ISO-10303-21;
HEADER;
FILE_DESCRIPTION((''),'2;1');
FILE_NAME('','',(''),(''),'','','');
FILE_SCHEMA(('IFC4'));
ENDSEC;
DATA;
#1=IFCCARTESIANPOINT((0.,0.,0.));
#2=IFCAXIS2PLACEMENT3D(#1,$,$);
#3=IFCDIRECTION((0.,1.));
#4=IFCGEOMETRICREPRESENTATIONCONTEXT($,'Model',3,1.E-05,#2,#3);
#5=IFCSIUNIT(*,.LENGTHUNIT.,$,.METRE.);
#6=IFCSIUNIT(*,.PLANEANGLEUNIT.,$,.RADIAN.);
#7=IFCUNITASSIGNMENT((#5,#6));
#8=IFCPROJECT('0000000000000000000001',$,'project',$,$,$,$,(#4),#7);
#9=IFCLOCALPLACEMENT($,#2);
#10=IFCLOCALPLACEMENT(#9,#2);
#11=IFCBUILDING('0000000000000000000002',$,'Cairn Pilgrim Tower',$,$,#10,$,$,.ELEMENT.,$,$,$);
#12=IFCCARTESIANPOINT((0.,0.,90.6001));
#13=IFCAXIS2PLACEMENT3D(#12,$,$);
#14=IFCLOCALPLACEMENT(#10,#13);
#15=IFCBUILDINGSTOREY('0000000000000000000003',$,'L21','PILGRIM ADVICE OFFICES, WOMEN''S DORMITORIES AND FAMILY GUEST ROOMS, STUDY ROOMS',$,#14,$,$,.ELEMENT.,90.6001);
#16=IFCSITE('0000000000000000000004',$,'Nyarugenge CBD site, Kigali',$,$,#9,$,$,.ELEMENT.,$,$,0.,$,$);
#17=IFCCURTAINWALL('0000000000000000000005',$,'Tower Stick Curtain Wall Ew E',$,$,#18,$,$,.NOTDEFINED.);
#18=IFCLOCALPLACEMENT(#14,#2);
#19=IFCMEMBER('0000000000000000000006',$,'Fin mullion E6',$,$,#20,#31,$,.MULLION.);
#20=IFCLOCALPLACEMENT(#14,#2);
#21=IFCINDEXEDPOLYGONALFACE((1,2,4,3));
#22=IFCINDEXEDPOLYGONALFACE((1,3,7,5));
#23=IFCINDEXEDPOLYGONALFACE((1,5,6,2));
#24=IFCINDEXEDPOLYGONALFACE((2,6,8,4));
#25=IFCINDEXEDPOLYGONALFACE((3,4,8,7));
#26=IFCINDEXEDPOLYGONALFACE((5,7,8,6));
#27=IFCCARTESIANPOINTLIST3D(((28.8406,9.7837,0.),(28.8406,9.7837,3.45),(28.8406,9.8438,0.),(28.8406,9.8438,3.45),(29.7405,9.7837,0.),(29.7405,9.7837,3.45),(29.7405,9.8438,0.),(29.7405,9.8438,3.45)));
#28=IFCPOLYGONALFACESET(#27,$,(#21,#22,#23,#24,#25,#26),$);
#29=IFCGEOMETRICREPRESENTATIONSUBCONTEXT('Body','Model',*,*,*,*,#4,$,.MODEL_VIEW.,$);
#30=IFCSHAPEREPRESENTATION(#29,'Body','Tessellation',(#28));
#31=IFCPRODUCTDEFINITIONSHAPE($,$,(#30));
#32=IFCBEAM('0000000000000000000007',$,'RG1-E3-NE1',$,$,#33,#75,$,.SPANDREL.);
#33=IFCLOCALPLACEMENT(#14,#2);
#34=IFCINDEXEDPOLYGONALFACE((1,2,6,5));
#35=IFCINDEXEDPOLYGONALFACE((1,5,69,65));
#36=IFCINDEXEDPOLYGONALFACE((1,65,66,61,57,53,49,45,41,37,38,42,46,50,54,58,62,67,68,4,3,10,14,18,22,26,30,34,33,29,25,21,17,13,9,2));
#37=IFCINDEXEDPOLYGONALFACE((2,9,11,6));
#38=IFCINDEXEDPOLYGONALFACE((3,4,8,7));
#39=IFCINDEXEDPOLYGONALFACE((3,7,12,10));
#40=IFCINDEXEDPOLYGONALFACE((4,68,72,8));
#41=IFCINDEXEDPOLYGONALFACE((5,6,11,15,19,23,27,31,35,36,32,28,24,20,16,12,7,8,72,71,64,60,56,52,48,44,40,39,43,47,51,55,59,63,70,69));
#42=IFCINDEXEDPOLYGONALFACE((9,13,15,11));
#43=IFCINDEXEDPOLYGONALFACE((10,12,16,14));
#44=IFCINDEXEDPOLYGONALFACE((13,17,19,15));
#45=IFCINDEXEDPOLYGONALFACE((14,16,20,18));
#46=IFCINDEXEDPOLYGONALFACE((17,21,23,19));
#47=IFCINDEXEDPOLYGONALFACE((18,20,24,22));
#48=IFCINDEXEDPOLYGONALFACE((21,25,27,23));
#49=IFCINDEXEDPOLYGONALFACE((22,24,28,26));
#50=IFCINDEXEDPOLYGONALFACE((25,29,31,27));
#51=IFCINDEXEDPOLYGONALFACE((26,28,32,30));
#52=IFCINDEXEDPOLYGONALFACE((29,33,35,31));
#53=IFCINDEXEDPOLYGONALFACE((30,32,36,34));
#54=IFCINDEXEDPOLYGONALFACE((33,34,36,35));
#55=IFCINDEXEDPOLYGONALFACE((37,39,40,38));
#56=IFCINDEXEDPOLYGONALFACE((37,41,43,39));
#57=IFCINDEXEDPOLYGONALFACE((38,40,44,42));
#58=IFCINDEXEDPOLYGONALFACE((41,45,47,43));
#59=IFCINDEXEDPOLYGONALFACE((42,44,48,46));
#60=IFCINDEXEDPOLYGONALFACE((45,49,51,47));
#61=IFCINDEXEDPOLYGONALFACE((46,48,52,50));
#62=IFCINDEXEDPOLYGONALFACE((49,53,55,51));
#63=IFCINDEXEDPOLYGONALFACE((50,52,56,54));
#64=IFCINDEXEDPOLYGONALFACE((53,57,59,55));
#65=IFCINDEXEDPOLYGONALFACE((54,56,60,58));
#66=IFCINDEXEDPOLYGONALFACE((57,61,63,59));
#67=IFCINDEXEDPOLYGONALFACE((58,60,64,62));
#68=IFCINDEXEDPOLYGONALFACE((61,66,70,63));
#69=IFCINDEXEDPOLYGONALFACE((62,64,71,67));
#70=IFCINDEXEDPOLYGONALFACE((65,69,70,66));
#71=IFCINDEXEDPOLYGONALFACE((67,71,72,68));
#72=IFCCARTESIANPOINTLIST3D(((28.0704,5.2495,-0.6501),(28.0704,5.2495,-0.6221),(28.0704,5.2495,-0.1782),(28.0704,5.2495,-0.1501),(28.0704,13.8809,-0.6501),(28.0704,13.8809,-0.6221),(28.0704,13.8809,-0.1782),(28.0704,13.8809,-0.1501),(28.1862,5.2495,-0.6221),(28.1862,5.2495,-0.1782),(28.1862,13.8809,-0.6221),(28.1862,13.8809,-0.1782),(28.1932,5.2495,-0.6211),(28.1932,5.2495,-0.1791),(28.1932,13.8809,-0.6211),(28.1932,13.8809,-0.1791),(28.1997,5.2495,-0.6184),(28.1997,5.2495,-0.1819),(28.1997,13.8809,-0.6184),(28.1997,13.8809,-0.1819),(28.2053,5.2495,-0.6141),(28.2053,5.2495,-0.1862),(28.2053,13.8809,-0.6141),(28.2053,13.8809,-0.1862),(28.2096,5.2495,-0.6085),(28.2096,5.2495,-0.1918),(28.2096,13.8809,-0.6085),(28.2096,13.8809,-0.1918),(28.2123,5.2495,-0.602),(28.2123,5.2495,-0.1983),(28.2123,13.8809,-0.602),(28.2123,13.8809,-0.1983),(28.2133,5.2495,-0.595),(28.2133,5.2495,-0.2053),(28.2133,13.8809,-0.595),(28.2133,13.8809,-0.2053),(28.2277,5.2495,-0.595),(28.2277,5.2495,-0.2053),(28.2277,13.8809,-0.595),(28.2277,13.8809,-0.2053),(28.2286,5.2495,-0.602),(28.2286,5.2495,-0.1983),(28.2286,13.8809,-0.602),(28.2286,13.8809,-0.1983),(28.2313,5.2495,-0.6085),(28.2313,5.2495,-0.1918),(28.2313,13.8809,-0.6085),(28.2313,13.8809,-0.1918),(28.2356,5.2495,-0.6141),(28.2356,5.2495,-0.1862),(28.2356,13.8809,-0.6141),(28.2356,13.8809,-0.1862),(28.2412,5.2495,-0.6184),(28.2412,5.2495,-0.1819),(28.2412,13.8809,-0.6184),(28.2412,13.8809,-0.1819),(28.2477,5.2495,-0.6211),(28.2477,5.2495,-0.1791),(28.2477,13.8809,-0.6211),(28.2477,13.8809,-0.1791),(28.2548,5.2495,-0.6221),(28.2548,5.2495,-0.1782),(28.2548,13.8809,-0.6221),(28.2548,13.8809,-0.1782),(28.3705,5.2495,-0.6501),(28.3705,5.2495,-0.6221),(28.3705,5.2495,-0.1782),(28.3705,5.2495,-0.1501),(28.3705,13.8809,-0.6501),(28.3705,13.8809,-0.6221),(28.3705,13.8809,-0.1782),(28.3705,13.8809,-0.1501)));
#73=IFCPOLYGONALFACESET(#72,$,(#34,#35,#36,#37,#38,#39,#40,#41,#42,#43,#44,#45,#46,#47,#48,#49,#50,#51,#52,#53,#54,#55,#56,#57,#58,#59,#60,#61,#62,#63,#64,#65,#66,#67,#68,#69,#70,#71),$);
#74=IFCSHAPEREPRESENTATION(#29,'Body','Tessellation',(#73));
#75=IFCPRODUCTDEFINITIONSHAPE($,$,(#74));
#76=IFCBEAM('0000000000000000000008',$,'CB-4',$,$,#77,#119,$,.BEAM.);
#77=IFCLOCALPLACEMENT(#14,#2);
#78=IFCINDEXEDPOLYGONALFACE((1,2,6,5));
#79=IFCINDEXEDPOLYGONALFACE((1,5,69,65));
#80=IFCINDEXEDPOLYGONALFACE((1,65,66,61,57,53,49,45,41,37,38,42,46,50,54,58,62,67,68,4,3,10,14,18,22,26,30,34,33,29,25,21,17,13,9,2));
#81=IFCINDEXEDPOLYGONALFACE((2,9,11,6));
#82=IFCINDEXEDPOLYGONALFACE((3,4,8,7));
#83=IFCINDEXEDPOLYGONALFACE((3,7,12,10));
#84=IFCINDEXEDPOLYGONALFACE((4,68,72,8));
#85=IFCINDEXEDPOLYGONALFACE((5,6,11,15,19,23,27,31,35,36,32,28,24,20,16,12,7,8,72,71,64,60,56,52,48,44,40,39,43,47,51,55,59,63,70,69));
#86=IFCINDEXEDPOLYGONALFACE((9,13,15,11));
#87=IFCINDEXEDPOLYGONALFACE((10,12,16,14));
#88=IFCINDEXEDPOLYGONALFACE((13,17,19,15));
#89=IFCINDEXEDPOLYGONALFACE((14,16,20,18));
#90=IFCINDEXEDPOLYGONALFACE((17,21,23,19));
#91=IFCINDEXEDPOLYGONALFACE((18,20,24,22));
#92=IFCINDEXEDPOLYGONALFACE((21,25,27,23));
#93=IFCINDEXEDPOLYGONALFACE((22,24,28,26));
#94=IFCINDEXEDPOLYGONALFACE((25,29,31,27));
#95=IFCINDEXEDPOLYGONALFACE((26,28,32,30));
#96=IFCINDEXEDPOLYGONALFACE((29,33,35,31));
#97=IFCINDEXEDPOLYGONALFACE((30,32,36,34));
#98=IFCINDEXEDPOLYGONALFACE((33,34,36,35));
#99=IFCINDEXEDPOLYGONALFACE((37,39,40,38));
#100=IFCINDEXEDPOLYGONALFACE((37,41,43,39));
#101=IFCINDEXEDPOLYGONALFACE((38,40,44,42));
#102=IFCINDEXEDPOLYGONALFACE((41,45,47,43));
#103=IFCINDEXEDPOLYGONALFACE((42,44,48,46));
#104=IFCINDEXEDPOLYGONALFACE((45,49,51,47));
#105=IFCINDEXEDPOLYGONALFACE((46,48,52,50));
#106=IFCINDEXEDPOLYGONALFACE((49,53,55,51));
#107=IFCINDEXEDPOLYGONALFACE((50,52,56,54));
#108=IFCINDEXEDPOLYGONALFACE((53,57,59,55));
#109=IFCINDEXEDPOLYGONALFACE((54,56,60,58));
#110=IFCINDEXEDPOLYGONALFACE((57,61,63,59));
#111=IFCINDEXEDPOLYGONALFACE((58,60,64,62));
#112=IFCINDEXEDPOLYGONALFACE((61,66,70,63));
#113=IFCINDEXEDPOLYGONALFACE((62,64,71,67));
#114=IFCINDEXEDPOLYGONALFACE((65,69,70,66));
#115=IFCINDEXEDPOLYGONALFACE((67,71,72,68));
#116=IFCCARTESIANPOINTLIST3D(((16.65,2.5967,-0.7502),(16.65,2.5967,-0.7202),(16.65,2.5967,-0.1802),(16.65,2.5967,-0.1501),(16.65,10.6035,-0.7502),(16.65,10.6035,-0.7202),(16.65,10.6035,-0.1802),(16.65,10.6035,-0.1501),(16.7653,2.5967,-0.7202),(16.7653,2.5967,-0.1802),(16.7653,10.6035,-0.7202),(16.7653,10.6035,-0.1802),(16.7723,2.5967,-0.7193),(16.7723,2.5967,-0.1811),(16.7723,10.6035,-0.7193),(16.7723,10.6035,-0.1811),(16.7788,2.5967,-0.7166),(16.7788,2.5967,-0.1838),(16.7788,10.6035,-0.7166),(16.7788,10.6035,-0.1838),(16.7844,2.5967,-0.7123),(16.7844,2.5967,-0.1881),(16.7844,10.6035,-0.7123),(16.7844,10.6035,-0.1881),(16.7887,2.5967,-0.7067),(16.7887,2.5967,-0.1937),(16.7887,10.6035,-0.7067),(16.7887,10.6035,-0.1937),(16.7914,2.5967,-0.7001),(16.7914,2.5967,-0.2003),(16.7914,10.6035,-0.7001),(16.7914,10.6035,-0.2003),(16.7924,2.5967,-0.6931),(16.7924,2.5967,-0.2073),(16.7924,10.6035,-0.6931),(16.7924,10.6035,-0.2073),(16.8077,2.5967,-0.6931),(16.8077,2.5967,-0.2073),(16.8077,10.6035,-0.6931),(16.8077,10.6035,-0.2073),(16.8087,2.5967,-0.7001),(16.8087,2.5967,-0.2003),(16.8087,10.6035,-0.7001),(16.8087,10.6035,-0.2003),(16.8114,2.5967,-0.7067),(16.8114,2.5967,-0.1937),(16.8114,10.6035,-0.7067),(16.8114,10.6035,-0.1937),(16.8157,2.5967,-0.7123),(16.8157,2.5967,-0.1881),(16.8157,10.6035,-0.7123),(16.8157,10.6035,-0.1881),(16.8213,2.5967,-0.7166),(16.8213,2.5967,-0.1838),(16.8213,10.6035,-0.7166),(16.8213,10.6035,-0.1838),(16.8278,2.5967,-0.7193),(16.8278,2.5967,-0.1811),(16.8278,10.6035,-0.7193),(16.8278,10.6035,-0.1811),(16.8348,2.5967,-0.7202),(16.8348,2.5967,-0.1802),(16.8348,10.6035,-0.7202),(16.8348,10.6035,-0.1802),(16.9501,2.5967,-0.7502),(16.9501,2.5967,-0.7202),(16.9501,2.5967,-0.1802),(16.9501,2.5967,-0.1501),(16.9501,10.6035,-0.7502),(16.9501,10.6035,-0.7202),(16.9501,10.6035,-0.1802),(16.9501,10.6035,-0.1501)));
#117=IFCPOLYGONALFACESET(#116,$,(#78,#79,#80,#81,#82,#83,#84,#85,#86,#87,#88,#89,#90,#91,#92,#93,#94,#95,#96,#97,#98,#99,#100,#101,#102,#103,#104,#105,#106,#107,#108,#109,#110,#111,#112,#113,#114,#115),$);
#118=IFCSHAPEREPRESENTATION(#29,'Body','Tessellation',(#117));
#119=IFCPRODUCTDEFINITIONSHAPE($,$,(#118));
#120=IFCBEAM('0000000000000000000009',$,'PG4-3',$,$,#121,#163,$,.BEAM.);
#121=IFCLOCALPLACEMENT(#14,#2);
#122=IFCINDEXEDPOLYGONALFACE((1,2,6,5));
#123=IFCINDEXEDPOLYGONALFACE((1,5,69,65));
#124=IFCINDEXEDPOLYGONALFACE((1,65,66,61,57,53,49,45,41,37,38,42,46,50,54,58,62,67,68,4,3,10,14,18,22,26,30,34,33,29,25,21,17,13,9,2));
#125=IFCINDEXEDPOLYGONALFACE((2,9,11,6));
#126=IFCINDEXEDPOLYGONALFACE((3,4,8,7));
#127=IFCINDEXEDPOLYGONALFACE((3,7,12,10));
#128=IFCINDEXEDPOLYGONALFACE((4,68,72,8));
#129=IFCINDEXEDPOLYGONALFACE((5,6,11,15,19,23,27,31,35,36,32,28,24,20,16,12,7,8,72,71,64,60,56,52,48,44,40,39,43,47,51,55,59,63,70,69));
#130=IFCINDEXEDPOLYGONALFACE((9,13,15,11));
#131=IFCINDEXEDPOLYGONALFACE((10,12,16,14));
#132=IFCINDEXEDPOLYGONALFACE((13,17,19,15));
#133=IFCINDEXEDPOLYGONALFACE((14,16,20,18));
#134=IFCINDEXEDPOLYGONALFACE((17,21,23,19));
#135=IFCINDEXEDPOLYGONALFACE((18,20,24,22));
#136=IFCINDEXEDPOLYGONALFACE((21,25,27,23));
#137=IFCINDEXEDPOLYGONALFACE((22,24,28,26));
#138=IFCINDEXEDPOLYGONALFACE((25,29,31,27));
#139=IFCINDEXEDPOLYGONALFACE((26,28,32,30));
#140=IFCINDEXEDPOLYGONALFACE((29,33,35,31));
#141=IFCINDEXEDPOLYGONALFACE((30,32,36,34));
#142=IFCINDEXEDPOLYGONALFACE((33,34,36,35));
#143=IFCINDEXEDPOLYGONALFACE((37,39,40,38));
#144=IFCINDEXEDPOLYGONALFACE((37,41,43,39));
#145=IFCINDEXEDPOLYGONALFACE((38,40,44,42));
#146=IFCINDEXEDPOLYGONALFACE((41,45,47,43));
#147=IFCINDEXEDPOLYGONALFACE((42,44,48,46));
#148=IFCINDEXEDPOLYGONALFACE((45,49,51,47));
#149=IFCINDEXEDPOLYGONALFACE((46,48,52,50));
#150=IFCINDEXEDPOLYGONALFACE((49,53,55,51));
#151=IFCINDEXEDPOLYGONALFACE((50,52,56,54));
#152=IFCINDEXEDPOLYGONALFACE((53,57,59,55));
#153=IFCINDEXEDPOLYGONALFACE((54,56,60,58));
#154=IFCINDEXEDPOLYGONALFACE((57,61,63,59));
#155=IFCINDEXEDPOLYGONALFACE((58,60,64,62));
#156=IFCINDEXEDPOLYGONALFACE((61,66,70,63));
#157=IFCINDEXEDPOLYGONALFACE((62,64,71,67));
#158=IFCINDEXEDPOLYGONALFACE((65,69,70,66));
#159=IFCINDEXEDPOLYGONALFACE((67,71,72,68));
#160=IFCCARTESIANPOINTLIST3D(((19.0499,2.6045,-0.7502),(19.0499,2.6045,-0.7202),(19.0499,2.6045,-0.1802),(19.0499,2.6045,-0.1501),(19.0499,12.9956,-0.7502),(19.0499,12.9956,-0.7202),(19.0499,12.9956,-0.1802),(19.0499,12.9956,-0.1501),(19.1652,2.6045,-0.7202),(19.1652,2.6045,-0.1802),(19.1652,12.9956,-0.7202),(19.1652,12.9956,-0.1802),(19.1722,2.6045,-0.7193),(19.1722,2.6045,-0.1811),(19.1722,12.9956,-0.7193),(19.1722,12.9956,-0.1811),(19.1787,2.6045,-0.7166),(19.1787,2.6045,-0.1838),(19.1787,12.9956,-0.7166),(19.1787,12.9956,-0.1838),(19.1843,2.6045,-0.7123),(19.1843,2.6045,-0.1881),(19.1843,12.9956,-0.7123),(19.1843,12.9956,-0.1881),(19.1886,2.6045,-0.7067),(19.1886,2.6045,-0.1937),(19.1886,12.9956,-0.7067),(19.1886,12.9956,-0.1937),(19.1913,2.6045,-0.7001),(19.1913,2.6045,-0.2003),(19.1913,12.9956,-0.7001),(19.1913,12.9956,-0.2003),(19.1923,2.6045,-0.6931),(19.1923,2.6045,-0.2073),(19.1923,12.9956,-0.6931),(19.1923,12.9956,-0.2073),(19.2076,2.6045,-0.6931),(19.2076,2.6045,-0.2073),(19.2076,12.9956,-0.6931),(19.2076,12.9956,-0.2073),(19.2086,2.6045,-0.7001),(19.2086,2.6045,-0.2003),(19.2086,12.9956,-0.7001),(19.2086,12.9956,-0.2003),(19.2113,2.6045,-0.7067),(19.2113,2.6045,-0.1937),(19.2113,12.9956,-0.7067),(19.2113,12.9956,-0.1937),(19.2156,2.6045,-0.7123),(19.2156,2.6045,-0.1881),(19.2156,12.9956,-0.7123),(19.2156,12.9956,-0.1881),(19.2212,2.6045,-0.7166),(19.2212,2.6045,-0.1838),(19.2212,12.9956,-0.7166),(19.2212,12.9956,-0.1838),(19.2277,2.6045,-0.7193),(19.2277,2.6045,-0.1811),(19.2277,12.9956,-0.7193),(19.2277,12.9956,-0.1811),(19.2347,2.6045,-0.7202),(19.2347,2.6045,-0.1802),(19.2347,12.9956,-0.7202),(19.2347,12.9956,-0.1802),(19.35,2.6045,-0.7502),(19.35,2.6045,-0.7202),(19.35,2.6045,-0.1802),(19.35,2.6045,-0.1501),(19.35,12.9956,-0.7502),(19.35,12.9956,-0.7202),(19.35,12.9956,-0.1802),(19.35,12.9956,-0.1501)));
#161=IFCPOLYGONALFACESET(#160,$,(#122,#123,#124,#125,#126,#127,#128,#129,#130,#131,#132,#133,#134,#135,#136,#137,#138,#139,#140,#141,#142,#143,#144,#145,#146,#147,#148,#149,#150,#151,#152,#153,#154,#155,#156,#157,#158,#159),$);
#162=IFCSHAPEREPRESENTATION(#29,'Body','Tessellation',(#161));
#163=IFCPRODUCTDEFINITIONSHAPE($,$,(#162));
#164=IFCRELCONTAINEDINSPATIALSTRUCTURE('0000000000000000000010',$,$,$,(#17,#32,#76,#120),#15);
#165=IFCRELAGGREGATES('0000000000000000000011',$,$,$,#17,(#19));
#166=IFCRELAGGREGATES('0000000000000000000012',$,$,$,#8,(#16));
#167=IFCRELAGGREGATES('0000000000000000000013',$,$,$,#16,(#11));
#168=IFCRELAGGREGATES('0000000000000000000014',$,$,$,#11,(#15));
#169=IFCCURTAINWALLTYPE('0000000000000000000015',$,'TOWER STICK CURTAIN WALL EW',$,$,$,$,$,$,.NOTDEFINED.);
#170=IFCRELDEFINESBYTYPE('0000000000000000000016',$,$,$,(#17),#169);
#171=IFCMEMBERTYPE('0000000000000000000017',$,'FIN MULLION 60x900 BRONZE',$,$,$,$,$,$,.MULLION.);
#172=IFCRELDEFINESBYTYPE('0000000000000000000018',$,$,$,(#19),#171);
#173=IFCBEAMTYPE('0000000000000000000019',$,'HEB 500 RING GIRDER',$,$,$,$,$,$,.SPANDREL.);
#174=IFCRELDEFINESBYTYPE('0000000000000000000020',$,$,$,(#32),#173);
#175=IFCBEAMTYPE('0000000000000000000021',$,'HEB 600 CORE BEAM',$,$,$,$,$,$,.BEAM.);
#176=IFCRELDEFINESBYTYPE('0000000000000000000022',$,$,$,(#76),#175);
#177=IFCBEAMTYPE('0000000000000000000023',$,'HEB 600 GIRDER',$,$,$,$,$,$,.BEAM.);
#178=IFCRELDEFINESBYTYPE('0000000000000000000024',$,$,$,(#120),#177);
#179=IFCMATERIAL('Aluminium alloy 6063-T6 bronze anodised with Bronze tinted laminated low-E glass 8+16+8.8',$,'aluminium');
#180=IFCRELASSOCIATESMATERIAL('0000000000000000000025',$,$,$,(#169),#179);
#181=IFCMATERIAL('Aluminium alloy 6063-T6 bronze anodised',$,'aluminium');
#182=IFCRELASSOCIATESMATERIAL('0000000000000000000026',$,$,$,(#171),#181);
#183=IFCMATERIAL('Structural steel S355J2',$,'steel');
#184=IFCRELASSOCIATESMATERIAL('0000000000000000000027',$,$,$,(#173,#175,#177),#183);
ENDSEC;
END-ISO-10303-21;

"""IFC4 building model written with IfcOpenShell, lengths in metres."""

from ifc_helpers import new_model, si_unit, direction, frame, origin, origin_2d, place, context, subcontext, project, spatial, rectangle, i_section, extrude, material, material_profile, profile_set, type_object, element, aggregate, save


model = new_model("IFC4")

# Units and contexts
model_context = context("Model", 3, precision=1e-05, world=origin(), true_north=direction((0.0, 1.0)))
body_context = subcontext(model_context, "Body", "Model", "MODEL_VIEW")
ifc_project = project(units=[si_unit("LENGTHUNIT", "METRE"), si_unit("PLANEANGLEUNIT", "RADIAN")], contexts=[model_context])

# Site, building, storey
site_placement = place(None, origin())
site = spatial("IfcSite", under=ifc_project, at=site_placement, Name="Nyarugenge CBD site, Kigali", CompositionType="ELEMENT", RefElevation=0.0)
building_placement = place(site_placement, origin())
building = spatial("IfcBuilding", under=site, at=building_placement, Name="Cairn Pilgrim Tower", CompositionType="ELEMENT")
storey_placement = place(building_placement, frame((0.0, 0.0, 90.6001)))
storey = spatial("IfcBuildingStorey", under=building, at=storey_placement, Name="L21", Description="PILGRIM ADVICE OFFICES, WOMEN'S DORMITORIES AND FAMILY GUEST ROOMS, STUDY ROOMS", CompositionType="ELEMENT", Elevation=90.6001)

# Curtain wall, member
ifc_material_1 = material(Name="Aluminium alloy 6063-T6 bronze anodised with Bronze tinted laminated low-E glass 8+16+8.8", Category="aluminium")
curtain_wall_type = type_object("IfcCurtainWallType", Name="TOWER STICK CURTAIN WALL EW", PredefinedType="NOTDEFINED", material=ifc_material_1)
curtain_wall_placement = place(storey_placement, origin())
curtain_wall = element("IfcCurtainWall", 1, at=curtain_wall_placement, inside=storey, type_object=curtain_wall_type, Name="Tower Stick Curtain Wall Ew E", PredefinedType="NOTDEFINED")
ifc_material_2 = material(Name="Aluminium alloy 6063-T6 bronze anodised", Category="aluminium")
ifc_material_profile_1 = material_profile(ifc_material_2, rectangle(XDim=0.8999, YDim=0.0601, at=origin_2d()), Name="FIN MULLION 60x900 BRONZE")
ifc_profile_set_1 = profile_set([ifc_material_profile_1], Name="Aluminium alloy 6063-T6 bronze anodised")
member_type_1 = type_object("IfcMemberType", Name="FIN MULLION 60x900 BRONZE", PredefinedType="MULLION", material=ifc_profile_set_1)
member_1_placement = place(storey_placement, frame((29.2905, 9.8137, 0.0), z_axis=(0.0, 0.0, 1.0), x_axis=(1.0, 0.0, 0.0)))
member_1 = element("IfcMember", 2, at=member_1_placement, type_object=member_type_1, Name="Fin mullion E6", PredefinedType="MULLION", context=body_context, shape_type="SweptSolid", body=[
    extrude(rectangle(XDim=0.8999, YDim=0.0601, at=origin_2d()), origin(), (0.0, 0.0, 1.0), 3.45),
])

# Beams
ifc_material_3 = material(Name="Structural steel S355J2", Category="steel")
ifc_material_profile_2 = material_profile(ifc_material_3, i_section(OverallWidth=0.3, OverallDepth=0.5, WebThickness=0.0144, FlangeThickness=0.0281, FilletRadius=0.0271, at=origin_2d()), Name="HEB 500")
ifc_profile_set_2 = profile_set([ifc_material_profile_2], Name="Structural steel S355J2")
beam_type_1 = type_object("IfcBeamType", Name="HEB 500 RING GIRDER", PredefinedType="SPANDREL", material=ifc_profile_set_2)
beam_1_placement = place(storey_placement, frame((28.2205, 5.2495, -0.4001), z_axis=(0.0, 1.0, 0.0), x_axis=(-1.0, 0.0, 0.0)))
element("IfcBeam", 3, at=beam_1_placement, inside=storey, type_object=beam_type_1, Name="RG1-E3-NE1", PredefinedType="SPANDREL", context=body_context, shape_type="SweptSolid", body=[
    extrude(i_section(OverallWidth=0.3, OverallDepth=0.5, WebThickness=0.0144, FlangeThickness=0.0281, FilletRadius=0.0271, at=origin_2d()), origin(), (0.0, 0.0, 1.0), 8.6313),
])
ifc_material_profile_3 = material_profile(ifc_material_3, i_section(OverallWidth=0.3, OverallDepth=0.6001, WebThickness=0.0154, FlangeThickness=0.03, FilletRadius=0.0271, at=origin_2d()), Name="HEB 600")
ifc_profile_set_3 = profile_set([ifc_material_profile_3], Name="Structural steel S355J2")
beam_type_2 = type_object("IfcBeamType", Name="HEB 600 CORE BEAM", PredefinedType="BEAM", material=ifc_profile_set_3)
beam_2_placement = place(storey_placement, frame((16.8, 2.5967, -0.4502), z_axis=(0.0, 1.0, 0.0), x_axis=(-1.0, 0.0, 0.0)))
element("IfcBeam", 4, at=beam_2_placement, inside=storey, type_object=beam_type_2, Name="CB-4", PredefinedType="BEAM", context=body_context, shape_type="SweptSolid", body=[
    extrude(i_section(OverallWidth=0.3, OverallDepth=0.6001, WebThickness=0.0154, FlangeThickness=0.03, FilletRadius=0.0271, at=origin_2d()), origin(), (0.0, 0.0, 1.0), 8.0068),
])
ifc_material_profile_4 = material_profile(ifc_material_3, i_section(OverallWidth=0.3, OverallDepth=0.6001, WebThickness=0.0154, FlangeThickness=0.03, FilletRadius=0.0271, at=origin_2d()), Name="HEB 600")
ifc_profile_set_4 = profile_set([ifc_material_profile_4], Name="Structural steel S355J2")
beam_type_3 = type_object("IfcBeamType", Name="HEB 600 GIRDER", PredefinedType="BEAM", material=ifc_profile_set_4)
beam_3_placement = place(storey_placement, frame((19.2, 2.6045, -0.4502), z_axis=(0.0, 1.0, 0.0), x_axis=(-1.0, 0.0, 0.0)))
element("IfcBeam", 5, at=beam_3_placement, inside=storey, type_object=beam_type_3, Name="PG4-3", PredefinedType="BEAM", context=body_context, shape_type="SweptSolid", body=[
    extrude(i_section(OverallWidth=0.3, OverallDepth=0.6001, WebThickness=0.0154, FlangeThickness=0.03, FilletRadius=0.0271, at=origin_2d()), origin(), (0.0, 0.0, 1.0), 10.3911),
])

aggregate(curtain_wall, [member_1])

save(model, "model.ifc")
